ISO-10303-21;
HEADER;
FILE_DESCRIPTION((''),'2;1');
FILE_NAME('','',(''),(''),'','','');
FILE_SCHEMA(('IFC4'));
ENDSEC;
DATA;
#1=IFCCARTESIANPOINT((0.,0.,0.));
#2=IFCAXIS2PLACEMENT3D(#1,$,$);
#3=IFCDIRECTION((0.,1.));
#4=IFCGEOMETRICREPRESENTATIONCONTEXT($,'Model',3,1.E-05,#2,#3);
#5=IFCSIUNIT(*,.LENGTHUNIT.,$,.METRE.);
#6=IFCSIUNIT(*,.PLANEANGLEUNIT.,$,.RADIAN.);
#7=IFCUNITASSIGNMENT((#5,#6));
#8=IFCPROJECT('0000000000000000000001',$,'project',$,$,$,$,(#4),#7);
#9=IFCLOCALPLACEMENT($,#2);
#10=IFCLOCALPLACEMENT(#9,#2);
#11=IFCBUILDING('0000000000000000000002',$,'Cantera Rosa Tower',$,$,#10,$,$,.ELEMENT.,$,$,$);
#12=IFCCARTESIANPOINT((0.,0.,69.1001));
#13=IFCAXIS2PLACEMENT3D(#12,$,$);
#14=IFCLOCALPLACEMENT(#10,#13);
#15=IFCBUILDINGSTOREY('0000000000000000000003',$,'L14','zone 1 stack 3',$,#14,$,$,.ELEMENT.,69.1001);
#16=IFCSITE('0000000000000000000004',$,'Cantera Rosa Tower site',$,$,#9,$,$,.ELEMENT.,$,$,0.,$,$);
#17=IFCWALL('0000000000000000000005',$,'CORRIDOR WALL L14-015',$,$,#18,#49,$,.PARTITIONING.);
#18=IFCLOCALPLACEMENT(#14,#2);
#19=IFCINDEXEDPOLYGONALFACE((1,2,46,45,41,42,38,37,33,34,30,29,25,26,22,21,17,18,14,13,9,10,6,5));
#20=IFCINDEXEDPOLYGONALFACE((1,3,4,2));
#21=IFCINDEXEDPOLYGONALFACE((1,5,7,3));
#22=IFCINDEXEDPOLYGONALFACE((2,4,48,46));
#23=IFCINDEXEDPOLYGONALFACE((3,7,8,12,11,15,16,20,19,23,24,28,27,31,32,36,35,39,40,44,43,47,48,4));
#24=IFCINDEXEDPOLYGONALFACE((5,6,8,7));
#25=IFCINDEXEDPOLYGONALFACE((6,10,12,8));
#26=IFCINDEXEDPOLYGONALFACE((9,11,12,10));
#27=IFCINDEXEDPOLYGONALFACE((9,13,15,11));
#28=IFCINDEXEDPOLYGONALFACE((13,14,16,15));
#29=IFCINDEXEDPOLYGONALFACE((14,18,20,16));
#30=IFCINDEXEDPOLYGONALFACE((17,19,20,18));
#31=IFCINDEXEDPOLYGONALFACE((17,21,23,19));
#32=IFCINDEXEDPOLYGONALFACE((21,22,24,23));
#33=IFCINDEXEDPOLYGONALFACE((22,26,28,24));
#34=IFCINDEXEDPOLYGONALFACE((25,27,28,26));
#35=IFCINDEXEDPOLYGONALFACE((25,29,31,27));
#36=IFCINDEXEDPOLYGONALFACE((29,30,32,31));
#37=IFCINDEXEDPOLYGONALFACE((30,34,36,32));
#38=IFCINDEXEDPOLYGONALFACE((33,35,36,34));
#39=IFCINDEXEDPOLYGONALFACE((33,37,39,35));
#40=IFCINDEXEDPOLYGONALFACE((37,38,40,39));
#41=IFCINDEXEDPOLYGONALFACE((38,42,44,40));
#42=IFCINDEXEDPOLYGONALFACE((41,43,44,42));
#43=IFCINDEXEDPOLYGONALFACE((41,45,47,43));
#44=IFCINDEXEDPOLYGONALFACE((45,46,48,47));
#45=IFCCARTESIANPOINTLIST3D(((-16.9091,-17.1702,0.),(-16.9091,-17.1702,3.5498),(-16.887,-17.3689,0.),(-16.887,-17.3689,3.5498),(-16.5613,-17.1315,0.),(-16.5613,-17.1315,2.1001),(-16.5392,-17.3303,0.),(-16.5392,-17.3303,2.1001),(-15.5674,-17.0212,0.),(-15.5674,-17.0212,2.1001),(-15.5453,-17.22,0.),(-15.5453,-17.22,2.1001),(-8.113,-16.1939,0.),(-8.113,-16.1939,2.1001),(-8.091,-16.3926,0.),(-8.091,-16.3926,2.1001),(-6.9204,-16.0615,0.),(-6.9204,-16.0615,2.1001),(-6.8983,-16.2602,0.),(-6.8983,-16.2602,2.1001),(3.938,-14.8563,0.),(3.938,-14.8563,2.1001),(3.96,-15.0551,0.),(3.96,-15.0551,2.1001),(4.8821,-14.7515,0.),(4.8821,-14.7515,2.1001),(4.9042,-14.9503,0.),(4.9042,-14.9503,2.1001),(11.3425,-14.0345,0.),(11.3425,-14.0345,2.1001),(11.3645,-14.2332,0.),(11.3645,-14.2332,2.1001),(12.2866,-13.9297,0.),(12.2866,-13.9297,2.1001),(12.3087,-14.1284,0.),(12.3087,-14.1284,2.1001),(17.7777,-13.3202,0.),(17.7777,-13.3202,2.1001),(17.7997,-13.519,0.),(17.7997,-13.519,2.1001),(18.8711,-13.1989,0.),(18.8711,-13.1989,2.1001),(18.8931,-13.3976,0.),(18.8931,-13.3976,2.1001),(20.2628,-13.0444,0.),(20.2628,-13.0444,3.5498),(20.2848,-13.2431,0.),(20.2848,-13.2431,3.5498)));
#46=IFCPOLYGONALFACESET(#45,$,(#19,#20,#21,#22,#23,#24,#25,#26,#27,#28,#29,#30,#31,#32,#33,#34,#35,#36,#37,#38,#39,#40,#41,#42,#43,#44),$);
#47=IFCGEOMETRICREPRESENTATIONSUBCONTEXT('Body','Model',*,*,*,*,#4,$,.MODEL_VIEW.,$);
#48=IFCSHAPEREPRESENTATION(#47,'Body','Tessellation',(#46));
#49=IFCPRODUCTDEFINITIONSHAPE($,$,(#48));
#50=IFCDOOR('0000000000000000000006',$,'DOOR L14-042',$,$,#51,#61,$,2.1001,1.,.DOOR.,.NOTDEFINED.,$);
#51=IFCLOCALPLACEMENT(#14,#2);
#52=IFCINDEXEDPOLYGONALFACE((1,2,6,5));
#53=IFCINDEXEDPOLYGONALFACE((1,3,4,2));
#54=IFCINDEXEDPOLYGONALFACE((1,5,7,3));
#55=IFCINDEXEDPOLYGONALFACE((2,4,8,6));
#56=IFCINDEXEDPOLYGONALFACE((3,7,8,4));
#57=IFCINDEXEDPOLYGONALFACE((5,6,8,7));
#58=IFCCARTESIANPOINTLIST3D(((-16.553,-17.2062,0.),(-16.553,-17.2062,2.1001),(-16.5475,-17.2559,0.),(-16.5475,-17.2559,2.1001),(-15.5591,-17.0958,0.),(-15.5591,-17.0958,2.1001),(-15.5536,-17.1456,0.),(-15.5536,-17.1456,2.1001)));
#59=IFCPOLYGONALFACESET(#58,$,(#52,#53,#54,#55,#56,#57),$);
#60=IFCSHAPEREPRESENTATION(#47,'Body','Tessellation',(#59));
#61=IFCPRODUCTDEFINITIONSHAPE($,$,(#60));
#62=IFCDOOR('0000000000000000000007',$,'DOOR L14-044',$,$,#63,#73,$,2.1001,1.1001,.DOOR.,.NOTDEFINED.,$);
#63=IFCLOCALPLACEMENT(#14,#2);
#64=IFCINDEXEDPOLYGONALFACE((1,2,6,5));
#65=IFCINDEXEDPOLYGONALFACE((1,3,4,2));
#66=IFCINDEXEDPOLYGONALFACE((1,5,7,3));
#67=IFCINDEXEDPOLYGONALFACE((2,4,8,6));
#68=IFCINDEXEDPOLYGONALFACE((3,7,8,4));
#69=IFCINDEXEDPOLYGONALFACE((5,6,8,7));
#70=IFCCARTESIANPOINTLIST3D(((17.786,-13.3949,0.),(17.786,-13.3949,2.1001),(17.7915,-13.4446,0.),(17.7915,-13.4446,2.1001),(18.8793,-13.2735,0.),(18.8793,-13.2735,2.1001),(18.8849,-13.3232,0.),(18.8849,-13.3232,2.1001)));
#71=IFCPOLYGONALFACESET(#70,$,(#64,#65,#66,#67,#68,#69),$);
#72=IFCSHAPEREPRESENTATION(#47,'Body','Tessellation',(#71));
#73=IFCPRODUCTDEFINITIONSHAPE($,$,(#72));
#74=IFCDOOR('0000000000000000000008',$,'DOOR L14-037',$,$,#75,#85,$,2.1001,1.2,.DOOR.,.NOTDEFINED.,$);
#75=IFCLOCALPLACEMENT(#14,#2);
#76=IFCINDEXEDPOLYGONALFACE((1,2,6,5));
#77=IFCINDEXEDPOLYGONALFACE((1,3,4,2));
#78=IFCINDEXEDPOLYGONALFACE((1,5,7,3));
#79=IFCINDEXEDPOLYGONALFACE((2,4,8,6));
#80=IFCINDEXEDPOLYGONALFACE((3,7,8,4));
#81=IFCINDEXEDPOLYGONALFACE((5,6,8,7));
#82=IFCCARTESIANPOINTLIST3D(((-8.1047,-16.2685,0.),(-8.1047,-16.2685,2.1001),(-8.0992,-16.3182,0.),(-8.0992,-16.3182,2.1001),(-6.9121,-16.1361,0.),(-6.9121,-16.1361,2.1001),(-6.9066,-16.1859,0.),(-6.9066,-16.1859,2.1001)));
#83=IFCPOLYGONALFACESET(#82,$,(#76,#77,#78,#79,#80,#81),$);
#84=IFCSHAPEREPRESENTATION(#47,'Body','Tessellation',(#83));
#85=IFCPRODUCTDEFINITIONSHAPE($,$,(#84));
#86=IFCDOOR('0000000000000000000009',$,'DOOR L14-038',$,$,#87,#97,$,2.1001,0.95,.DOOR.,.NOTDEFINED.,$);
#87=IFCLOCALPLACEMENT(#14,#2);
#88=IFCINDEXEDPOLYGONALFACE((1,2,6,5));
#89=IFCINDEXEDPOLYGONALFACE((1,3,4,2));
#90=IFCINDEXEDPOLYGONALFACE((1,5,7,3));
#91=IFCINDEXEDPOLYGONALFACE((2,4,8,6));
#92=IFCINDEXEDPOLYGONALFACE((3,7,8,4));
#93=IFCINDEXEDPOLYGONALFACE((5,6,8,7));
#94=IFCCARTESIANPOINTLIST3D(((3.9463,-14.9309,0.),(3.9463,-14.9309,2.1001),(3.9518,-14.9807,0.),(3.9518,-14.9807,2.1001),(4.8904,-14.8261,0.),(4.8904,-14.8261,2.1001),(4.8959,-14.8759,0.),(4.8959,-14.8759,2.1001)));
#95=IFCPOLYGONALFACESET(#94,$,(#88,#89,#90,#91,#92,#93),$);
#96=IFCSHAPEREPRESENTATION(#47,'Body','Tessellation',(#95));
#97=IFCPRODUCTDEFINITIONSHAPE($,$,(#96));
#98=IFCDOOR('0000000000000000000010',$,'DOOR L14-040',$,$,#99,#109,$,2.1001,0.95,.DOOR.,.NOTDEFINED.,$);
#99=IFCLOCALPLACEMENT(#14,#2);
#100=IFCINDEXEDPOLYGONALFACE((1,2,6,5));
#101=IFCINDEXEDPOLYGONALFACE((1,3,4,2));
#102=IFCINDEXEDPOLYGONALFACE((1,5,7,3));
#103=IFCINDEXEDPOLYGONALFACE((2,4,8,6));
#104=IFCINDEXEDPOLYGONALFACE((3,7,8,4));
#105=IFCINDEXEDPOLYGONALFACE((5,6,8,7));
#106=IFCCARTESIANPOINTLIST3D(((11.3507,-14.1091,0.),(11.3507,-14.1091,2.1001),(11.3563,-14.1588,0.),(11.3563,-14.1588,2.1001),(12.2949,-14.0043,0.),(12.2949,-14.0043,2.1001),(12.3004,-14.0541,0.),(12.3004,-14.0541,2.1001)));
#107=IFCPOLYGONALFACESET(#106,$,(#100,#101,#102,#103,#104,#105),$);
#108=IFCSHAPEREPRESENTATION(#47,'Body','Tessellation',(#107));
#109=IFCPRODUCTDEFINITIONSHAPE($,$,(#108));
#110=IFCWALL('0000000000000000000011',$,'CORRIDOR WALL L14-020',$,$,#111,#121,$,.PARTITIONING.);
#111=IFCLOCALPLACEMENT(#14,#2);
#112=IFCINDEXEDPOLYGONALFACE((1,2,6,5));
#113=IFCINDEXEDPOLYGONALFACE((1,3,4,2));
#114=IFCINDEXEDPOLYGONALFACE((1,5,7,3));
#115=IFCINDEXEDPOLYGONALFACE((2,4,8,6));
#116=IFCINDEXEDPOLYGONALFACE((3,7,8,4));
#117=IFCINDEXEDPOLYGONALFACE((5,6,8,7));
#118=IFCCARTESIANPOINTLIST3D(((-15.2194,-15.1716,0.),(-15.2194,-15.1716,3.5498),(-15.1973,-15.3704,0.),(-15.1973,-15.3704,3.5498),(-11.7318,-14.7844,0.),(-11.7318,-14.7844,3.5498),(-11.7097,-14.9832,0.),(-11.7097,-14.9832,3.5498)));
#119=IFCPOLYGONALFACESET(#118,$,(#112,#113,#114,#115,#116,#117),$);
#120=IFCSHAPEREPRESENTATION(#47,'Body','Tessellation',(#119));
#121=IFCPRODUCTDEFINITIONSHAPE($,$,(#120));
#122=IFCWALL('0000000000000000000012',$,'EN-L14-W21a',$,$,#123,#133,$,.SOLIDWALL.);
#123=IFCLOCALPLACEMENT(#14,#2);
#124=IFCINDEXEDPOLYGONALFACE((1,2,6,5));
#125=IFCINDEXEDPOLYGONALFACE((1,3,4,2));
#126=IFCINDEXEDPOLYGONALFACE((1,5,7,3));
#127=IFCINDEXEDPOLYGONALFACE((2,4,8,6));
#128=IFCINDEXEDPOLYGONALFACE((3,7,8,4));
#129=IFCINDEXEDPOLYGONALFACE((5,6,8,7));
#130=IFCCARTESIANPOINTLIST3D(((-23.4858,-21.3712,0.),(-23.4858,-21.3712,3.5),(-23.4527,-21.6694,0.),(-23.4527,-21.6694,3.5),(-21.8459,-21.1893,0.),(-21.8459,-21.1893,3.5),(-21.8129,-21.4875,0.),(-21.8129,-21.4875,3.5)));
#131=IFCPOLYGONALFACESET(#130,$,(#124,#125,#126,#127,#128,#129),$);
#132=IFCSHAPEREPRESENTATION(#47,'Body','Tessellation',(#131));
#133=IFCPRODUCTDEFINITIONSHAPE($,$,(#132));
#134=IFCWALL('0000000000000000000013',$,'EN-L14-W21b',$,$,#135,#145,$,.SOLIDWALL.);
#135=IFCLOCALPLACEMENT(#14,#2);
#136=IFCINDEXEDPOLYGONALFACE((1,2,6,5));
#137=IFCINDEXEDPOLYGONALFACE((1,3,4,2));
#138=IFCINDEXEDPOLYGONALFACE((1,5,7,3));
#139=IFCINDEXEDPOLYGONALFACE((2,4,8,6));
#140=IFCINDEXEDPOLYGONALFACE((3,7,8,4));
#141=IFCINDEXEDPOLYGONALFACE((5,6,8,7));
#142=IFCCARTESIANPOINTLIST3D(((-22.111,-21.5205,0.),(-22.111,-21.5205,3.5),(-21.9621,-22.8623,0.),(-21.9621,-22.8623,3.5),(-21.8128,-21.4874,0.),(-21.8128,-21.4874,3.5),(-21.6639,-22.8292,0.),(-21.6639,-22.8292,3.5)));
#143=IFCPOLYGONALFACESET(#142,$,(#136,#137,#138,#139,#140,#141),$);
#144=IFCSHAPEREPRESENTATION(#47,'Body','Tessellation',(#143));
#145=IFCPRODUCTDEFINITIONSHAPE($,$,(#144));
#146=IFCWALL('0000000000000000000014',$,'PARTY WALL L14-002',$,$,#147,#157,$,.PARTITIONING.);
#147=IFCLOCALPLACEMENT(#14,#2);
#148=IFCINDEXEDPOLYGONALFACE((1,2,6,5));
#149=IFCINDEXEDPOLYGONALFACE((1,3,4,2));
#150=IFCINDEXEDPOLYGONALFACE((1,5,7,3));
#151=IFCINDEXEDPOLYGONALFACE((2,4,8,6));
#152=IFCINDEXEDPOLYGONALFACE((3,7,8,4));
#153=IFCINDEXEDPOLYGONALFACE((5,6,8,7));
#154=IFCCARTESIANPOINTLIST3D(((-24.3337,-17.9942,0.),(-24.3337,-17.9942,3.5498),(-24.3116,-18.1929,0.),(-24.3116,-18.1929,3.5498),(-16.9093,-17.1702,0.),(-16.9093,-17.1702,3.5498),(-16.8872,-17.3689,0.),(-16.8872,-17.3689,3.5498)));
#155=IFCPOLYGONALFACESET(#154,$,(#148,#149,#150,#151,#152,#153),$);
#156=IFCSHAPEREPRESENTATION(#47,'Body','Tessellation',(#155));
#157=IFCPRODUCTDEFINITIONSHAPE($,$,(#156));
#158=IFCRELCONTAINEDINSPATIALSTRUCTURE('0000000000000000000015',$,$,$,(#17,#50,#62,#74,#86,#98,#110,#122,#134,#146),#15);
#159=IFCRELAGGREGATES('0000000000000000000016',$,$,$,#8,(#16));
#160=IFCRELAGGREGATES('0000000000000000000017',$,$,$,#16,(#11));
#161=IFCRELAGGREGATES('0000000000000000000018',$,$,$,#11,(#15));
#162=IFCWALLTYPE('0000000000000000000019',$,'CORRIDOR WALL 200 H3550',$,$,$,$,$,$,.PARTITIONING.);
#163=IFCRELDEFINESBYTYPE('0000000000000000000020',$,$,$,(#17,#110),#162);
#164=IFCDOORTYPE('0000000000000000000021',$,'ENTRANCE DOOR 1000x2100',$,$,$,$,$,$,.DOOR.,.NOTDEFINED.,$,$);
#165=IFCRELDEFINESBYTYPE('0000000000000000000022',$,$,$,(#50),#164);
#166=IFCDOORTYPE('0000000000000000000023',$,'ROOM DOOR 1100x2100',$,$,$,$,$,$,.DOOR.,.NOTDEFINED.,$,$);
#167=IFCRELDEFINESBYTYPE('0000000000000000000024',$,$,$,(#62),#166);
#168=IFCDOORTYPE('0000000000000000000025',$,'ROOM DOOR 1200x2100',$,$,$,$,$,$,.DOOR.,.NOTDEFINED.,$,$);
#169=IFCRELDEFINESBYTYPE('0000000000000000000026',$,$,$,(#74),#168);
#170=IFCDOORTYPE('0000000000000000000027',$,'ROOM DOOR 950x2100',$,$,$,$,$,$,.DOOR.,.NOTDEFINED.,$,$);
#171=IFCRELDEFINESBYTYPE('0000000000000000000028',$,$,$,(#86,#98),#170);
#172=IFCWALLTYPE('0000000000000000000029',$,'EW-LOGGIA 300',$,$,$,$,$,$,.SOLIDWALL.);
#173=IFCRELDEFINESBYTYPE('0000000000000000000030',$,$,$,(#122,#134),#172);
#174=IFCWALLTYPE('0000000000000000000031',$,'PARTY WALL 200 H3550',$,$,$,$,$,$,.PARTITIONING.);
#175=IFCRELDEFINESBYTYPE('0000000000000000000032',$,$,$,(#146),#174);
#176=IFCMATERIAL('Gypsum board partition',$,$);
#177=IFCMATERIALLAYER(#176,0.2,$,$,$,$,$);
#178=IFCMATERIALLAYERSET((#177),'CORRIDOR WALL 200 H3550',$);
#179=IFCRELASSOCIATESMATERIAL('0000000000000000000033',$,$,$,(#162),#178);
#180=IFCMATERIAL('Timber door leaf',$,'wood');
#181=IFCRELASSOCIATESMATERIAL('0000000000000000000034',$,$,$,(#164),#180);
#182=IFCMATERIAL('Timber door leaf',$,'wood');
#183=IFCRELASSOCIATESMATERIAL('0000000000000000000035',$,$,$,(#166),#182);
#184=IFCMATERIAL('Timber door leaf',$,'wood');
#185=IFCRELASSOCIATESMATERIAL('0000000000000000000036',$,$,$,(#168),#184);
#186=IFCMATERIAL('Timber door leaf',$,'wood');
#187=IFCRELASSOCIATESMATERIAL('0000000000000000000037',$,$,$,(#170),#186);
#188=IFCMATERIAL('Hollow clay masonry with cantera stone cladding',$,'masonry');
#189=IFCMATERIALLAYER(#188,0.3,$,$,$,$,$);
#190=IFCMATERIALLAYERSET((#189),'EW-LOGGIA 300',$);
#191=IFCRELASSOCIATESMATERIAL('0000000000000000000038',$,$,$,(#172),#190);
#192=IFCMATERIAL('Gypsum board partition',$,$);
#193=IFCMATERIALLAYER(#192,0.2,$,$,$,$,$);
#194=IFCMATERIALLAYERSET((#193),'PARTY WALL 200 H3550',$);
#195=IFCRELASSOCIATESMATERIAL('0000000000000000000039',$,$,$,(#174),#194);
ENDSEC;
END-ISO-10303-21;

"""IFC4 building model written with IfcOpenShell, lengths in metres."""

from ifc_helpers import new_model, si_unit, direction, frame, frame_2d, origin, place, context, subcontext, project, spatial, rectangle, extrude, material, layer, layer_set, type_object, element, fill, save


model = new_model("IFC4")

# Units and contexts
model_context = context("Model", 3, precision=1e-05, world=origin(), true_north=direction((0.0, 1.0)))
body_context = subcontext(model_context, "Body", "Model", "MODEL_VIEW")
ifc_project = project(units=[si_unit("LENGTHUNIT", "METRE"), si_unit("PLANEANGLEUNIT", "RADIAN")], contexts=[model_context])

# Site, building, storey
site_placement = place(None, origin())
site = spatial("IfcSite", under=ifc_project, at=site_placement, Name="Cantera Rosa Tower site", CompositionType="ELEMENT", RefElevation=0.0)
building_placement = place(site_placement, origin())
building = spatial("IfcBuilding", under=site, at=building_placement, Name="Cantera Rosa Tower", CompositionType="ELEMENT")
storey_placement = place(building_placement, frame((0.0, 0.0, 69.1001)))
storey = spatial("IfcBuildingStorey", under=building, at=storey_placement, Name="L14", Description="zone 1 stack 3", CompositionType="ELEMENT", Elevation=69.1001)

# Wall, openings, doors
ifc_material_1 = material(Name="Gypsum board partition")
ifc_layer_1 = layer(ifc_material_1, 0.2)
ifc_layer_set_1 = layer_set([ifc_layer_1], Name="CORRIDOR WALL 200 H3550")
wall_type_1 = type_object("IfcWallType", Name="CORRIDOR WALL 200 H3550", PredefinedType="PARTITIONING", material=ifc_layer_set_1)
wall_1_placement = place(storey_placement, frame((-16.8982, -17.2695, 0.0), z_axis=(0.0, 0.0, 1.0), x_axis=(0.993897, 0.110313, 0.0)))
wall_1 = element("IfcWall", 1, at=wall_1_placement, inside=storey, type_object=wall_type_1, Name="CORRIDOR WALL L14-015", PredefinedType="PARTITIONING", context=body_context, shape_type="SweptSolid", body=[
    extrude(rectangle(XDim=37.4001, YDim=0.2, at=frame_2d((18.7002, 0.0))), origin(), (0.0, 0.0, 1.0), 3.5498),
])
opening_1_placement = place(wall_1_placement, frame((8.8501, 0.0, 0.0)))
opening_1 = element("IfcOpeningElement", 2, at=opening_1_placement, cuts=wall_1, PredefinedType="OPENING", context=body_context, shape_type="SweptSolid", body=[
    extrude(rectangle(XDim=1.2, YDim=2.1001, at=frame_2d((0.6001, 1.05))), frame((0.0, 0.1099, 0.0), z_axis=(0.0, -1.0, 0.0), x_axis=(1.0, 0.0, 0.0)), (0.0, 0.0, 1.0), 0.22),
])
opening_2_placement = place(wall_1_placement, frame((20.9751, 0.0, 0.0)))
opening_2 = element("IfcOpeningElement", 3, at=opening_2_placement, cuts=wall_1, PredefinedType="OPENING", context=body_context, shape_type="SweptSolid", body=[
    extrude(rectangle(XDim=0.95, YDim=2.1001, at=frame_2d((0.4751, 1.05))), frame((0.0, 0.1099, 0.0), z_axis=(0.0, -1.0, 0.0), x_axis=(1.0, 0.0, 0.0)), (0.0, 0.0, 1.0), 0.22),
])
opening_3_placement = place(wall_1_placement, frame((28.425, 0.0, 0.0)))
opening_3 = element("IfcOpeningElement", 4, at=opening_3_placement, cuts=wall_1, PredefinedType="OPENING", context=body_context, shape_type="SweptSolid", body=[
    extrude(rectangle(XDim=0.95, YDim=2.1001, at=frame_2d((0.4751, 1.05))), frame((0.0, 0.1099, 0.0), z_axis=(0.0, -1.0, 0.0), x_axis=(1.0, 0.0, 0.0)), (0.0, 0.0, 1.0), 0.22),
])
opening_4_placement = place(wall_1_placement, frame((0.3501, 0.0, 0.0)))
opening_4 = element("IfcOpeningElement", 5, at=opening_4_placement, cuts=wall_1, PredefinedType="OPENING", context=body_context, shape_type="SweptSolid", body=[
    extrude(rectangle(XDim=1.0, YDim=2.1001, at=frame_2d((0.5, 1.05))), frame((0.0, 0.1099, 0.0), z_axis=(0.0, -1.0, 0.0), x_axis=(1.0, 0.0, 0.0)), (0.0, 0.0, 1.0), 0.22),
])
opening_5_placement = place(wall_1_placement, frame((34.8999, 0.0, 0.0)))
opening_5 = element("IfcOpeningElement", 6, at=opening_5_placement, cuts=wall_1, PredefinedType="OPENING", context=body_context, shape_type="SweptSolid", body=[
    extrude(rectangle(XDim=1.1001, YDim=2.1001, at=frame_2d((0.55, 1.05))), frame((0.0, 0.1099, 0.0), z_axis=(0.0, -1.0, 0.0), x_axis=(1.0, 0.0, 0.0)), (0.0, 0.0, 1.0), 0.22),
])
ifc_material_2 = material(Name="Timber door leaf", Category="wood")
door_type_1 = type_object("IfcDoorType", Name="ENTRANCE DOOR 1000x2100", OperationType="NOTDEFINED", PredefinedType="DOOR", material=ifc_material_2)
door_1_placement = place(opening_4_placement, origin())
door_1 = element("IfcDoor", 7, at=door_1_placement, inside=storey, type_object=door_type_1, Name="DOOR L14-042", OperationType="NOTDEFINED", OverallHeight=2.1001, OverallWidth=1.0, PredefinedType="DOOR", context=body_context, shape_type="SweptSolid", body=[
    extrude(rectangle(XDim=1.0, YDim=2.1001, at=frame_2d((0.5, 1.05))), frame((0.0, 0.0249, 0.0), z_axis=(0.0, -1.0, 0.0), x_axis=(1.0, 0.0, 0.0)), (0.0, 0.0, 1.0), 0.05),
])
fill(opening_4, door_1)
ifc_material_3 = material(Name="Timber door leaf", Category="wood")
door_type_2 = type_object("IfcDoorType", Name="ROOM DOOR 1100x2100", OperationType="NOTDEFINED", PredefinedType="DOOR", material=ifc_material_3)
door_2_placement = place(opening_5_placement, origin())
door_2 = element("IfcDoor", 8, at=door_2_placement, inside=storey, type_object=door_type_2, Name="DOOR L14-044", OperationType="NOTDEFINED", OverallHeight=2.1001, OverallWidth=1.1001, PredefinedType="DOOR", context=body_context, shape_type="SweptSolid", body=[
    extrude(rectangle(XDim=1.1001, YDim=2.1001, at=frame_2d((0.55, 1.05))), frame((0.0, 0.0249, 0.0), z_axis=(0.0, -1.0, 0.0), x_axis=(1.0, 0.0, 0.0)), (0.0, 0.0, 1.0), 0.05),
])
fill(opening_5, door_2)
ifc_material_4 = material(Name="Timber door leaf", Category="wood")
door_type_3 = type_object("IfcDoorType", Name="ROOM DOOR 1200x2100", OperationType="NOTDEFINED", PredefinedType="DOOR", material=ifc_material_4)
door_3_placement = place(opening_1_placement, origin())
door_3 = element("IfcDoor", 9, at=door_3_placement, inside=storey, type_object=door_type_3, Name="DOOR L14-037", OperationType="NOTDEFINED", OverallHeight=2.1001, OverallWidth=1.2, PredefinedType="DOOR", context=body_context, shape_type="SweptSolid", body=[
    extrude(rectangle(XDim=1.2, YDim=2.1001, at=frame_2d((0.6001, 1.05))), frame((0.0, 0.0249, 0.0), z_axis=(0.0, -1.0, 0.0), x_axis=(1.0, 0.0, 0.0)), (0.0, 0.0, 1.0), 0.05),
])
fill(opening_1, door_3)
ifc_material_5 = material(Name="Timber door leaf", Category="wood")
door_type_4 = type_object("IfcDoorType", Name="ROOM DOOR 950x2100", OperationType="NOTDEFINED", PredefinedType="DOOR", material=ifc_material_5)
door_4_placement = place(opening_2_placement, origin())
door_4 = element("IfcDoor", 10, at=door_4_placement, inside=storey, type_object=door_type_4, Name="DOOR L14-038", OperationType="NOTDEFINED", OverallHeight=2.1001, OverallWidth=0.95, PredefinedType="DOOR", context=body_context, shape_type="SweptSolid", body=[
    extrude(rectangle(XDim=0.95, YDim=2.1001, at=frame_2d((0.4751, 1.05))), frame((0.0, 0.0249, 0.0), z_axis=(0.0, -1.0, 0.0), x_axis=(1.0, 0.0, 0.0)), (0.0, 0.0, 1.0), 0.05),
])
fill(opening_2, door_4)
door_5_placement = place(opening_3_placement, origin())
door_5 = element("IfcDoor", 11, at=door_5_placement, inside=storey, type_object=door_type_4, Name="DOOR L14-040", OperationType="NOTDEFINED", OverallHeight=2.1001, OverallWidth=0.95, PredefinedType="DOOR", context=body_context, shape_type="SweptSolid", body=[
    extrude(rectangle(XDim=0.95, YDim=2.1001, at=frame_2d((0.4751, 1.05))), frame((0.0, 0.0249, 0.0), z_axis=(0.0, -1.0, 0.0), x_axis=(1.0, 0.0, 0.0)), (0.0, 0.0, 1.0), 0.05),
])
fill(opening_3, door_5)

# Walls
wall_2_placement = place(storey_placement, frame((-15.2083, -15.271, 0.0), z_axis=(0.0, 0.0, 1.0), x_axis=(0.993893, 0.110348, 0.0)))
element("IfcWall", 12, at=wall_2_placement, inside=storey, type_object=wall_type_1, Name="CORRIDOR WALL L14-020", PredefinedType="PARTITIONING", context=body_context, shape_type="SweptSolid", body=[
    extrude(rectangle(XDim=3.509, YDim=0.2, at=frame_2d((1.7544, 0.0))), origin(), (0.0, 0.0, 1.0), 3.5498),
])
ifc_material_6 = material(Name="Hollow clay masonry with cantera stone cladding", Category="masonry")
ifc_layer_2 = layer(ifc_material_6, 0.3)
ifc_layer_set_2 = layer_set([ifc_layer_2], Name="EW-LOGGIA 300")
wall_type_2 = type_object("IfcWallType", Name="EW-LOGGIA 300", PredefinedType="SOLIDWALL", material=ifc_layer_set_2)
wall_3_placement = place(storey_placement, frame((-23.4692, -21.5203, 0.0), z_axis=(0.0, 0.0, 1.0), x_axis=(0.993905, 0.110237, 0.0)))
element("IfcWall", 13, at=wall_3_placement, inside=storey, type_object=wall_type_2, Name="EN-L14-W21a", PredefinedType="SOLIDWALL", context=body_context, shape_type="SweptSolid", body=[
    extrude(rectangle(XDim=1.6499, YDim=0.3, at=frame_2d((0.825, 0.0))), origin(), (0.0, 0.0, 1.0), 3.5),
])
wall_4_placement = place(storey_placement, frame((-21.9619, -21.5039, 0.0), z_axis=(0.0, 0.0, 1.0), x_axis=(0.110312, -0.993897, 0.0)))
element("IfcWall", 14, at=wall_4_placement, inside=storey, type_object=wall_type_2, Name="EN-L14-W21b", PredefinedType="SOLIDWALL", context=body_context, shape_type="SweptSolid", body=[
    extrude(rectangle(XDim=1.3501, YDim=0.3, at=frame_2d((0.675, 0.0))), origin(), (0.0, 0.0, 1.0), 3.5),
])

# Wall
ifc_material_7 = material(Name="Gypsum board partition")
ifc_layer_3 = layer(ifc_material_7, 0.2)
ifc_layer_set_3 = layer_set([ifc_layer_3], Name="PARTY WALL 200 H3550")
wall_type_3 = type_object("IfcWallType", Name="PARTY WALL 200 H3550", PredefinedType="PARTITIONING", material=ifc_layer_set_3)
wall_5_placement = place(storey_placement, frame((-24.3225, -18.0935, 0.0), z_axis=(0.0, 0.0, 1.0), x_axis=(0.993898, 0.110306, 0.0)))
element("IfcWall", 15, at=wall_5_placement, inside=storey, type_object=wall_type_3, Name="PARTY WALL L14-002", PredefinedType="PARTITIONING", context=body_context, shape_type="SweptSolid", body=[
    extrude(rectangle(XDim=7.47, YDim=0.2, at=frame_2d((3.7349, 0.0))), origin(), (0.0, 0.0, 1.0), 3.5498),
])

save(model, "model.ifc")
